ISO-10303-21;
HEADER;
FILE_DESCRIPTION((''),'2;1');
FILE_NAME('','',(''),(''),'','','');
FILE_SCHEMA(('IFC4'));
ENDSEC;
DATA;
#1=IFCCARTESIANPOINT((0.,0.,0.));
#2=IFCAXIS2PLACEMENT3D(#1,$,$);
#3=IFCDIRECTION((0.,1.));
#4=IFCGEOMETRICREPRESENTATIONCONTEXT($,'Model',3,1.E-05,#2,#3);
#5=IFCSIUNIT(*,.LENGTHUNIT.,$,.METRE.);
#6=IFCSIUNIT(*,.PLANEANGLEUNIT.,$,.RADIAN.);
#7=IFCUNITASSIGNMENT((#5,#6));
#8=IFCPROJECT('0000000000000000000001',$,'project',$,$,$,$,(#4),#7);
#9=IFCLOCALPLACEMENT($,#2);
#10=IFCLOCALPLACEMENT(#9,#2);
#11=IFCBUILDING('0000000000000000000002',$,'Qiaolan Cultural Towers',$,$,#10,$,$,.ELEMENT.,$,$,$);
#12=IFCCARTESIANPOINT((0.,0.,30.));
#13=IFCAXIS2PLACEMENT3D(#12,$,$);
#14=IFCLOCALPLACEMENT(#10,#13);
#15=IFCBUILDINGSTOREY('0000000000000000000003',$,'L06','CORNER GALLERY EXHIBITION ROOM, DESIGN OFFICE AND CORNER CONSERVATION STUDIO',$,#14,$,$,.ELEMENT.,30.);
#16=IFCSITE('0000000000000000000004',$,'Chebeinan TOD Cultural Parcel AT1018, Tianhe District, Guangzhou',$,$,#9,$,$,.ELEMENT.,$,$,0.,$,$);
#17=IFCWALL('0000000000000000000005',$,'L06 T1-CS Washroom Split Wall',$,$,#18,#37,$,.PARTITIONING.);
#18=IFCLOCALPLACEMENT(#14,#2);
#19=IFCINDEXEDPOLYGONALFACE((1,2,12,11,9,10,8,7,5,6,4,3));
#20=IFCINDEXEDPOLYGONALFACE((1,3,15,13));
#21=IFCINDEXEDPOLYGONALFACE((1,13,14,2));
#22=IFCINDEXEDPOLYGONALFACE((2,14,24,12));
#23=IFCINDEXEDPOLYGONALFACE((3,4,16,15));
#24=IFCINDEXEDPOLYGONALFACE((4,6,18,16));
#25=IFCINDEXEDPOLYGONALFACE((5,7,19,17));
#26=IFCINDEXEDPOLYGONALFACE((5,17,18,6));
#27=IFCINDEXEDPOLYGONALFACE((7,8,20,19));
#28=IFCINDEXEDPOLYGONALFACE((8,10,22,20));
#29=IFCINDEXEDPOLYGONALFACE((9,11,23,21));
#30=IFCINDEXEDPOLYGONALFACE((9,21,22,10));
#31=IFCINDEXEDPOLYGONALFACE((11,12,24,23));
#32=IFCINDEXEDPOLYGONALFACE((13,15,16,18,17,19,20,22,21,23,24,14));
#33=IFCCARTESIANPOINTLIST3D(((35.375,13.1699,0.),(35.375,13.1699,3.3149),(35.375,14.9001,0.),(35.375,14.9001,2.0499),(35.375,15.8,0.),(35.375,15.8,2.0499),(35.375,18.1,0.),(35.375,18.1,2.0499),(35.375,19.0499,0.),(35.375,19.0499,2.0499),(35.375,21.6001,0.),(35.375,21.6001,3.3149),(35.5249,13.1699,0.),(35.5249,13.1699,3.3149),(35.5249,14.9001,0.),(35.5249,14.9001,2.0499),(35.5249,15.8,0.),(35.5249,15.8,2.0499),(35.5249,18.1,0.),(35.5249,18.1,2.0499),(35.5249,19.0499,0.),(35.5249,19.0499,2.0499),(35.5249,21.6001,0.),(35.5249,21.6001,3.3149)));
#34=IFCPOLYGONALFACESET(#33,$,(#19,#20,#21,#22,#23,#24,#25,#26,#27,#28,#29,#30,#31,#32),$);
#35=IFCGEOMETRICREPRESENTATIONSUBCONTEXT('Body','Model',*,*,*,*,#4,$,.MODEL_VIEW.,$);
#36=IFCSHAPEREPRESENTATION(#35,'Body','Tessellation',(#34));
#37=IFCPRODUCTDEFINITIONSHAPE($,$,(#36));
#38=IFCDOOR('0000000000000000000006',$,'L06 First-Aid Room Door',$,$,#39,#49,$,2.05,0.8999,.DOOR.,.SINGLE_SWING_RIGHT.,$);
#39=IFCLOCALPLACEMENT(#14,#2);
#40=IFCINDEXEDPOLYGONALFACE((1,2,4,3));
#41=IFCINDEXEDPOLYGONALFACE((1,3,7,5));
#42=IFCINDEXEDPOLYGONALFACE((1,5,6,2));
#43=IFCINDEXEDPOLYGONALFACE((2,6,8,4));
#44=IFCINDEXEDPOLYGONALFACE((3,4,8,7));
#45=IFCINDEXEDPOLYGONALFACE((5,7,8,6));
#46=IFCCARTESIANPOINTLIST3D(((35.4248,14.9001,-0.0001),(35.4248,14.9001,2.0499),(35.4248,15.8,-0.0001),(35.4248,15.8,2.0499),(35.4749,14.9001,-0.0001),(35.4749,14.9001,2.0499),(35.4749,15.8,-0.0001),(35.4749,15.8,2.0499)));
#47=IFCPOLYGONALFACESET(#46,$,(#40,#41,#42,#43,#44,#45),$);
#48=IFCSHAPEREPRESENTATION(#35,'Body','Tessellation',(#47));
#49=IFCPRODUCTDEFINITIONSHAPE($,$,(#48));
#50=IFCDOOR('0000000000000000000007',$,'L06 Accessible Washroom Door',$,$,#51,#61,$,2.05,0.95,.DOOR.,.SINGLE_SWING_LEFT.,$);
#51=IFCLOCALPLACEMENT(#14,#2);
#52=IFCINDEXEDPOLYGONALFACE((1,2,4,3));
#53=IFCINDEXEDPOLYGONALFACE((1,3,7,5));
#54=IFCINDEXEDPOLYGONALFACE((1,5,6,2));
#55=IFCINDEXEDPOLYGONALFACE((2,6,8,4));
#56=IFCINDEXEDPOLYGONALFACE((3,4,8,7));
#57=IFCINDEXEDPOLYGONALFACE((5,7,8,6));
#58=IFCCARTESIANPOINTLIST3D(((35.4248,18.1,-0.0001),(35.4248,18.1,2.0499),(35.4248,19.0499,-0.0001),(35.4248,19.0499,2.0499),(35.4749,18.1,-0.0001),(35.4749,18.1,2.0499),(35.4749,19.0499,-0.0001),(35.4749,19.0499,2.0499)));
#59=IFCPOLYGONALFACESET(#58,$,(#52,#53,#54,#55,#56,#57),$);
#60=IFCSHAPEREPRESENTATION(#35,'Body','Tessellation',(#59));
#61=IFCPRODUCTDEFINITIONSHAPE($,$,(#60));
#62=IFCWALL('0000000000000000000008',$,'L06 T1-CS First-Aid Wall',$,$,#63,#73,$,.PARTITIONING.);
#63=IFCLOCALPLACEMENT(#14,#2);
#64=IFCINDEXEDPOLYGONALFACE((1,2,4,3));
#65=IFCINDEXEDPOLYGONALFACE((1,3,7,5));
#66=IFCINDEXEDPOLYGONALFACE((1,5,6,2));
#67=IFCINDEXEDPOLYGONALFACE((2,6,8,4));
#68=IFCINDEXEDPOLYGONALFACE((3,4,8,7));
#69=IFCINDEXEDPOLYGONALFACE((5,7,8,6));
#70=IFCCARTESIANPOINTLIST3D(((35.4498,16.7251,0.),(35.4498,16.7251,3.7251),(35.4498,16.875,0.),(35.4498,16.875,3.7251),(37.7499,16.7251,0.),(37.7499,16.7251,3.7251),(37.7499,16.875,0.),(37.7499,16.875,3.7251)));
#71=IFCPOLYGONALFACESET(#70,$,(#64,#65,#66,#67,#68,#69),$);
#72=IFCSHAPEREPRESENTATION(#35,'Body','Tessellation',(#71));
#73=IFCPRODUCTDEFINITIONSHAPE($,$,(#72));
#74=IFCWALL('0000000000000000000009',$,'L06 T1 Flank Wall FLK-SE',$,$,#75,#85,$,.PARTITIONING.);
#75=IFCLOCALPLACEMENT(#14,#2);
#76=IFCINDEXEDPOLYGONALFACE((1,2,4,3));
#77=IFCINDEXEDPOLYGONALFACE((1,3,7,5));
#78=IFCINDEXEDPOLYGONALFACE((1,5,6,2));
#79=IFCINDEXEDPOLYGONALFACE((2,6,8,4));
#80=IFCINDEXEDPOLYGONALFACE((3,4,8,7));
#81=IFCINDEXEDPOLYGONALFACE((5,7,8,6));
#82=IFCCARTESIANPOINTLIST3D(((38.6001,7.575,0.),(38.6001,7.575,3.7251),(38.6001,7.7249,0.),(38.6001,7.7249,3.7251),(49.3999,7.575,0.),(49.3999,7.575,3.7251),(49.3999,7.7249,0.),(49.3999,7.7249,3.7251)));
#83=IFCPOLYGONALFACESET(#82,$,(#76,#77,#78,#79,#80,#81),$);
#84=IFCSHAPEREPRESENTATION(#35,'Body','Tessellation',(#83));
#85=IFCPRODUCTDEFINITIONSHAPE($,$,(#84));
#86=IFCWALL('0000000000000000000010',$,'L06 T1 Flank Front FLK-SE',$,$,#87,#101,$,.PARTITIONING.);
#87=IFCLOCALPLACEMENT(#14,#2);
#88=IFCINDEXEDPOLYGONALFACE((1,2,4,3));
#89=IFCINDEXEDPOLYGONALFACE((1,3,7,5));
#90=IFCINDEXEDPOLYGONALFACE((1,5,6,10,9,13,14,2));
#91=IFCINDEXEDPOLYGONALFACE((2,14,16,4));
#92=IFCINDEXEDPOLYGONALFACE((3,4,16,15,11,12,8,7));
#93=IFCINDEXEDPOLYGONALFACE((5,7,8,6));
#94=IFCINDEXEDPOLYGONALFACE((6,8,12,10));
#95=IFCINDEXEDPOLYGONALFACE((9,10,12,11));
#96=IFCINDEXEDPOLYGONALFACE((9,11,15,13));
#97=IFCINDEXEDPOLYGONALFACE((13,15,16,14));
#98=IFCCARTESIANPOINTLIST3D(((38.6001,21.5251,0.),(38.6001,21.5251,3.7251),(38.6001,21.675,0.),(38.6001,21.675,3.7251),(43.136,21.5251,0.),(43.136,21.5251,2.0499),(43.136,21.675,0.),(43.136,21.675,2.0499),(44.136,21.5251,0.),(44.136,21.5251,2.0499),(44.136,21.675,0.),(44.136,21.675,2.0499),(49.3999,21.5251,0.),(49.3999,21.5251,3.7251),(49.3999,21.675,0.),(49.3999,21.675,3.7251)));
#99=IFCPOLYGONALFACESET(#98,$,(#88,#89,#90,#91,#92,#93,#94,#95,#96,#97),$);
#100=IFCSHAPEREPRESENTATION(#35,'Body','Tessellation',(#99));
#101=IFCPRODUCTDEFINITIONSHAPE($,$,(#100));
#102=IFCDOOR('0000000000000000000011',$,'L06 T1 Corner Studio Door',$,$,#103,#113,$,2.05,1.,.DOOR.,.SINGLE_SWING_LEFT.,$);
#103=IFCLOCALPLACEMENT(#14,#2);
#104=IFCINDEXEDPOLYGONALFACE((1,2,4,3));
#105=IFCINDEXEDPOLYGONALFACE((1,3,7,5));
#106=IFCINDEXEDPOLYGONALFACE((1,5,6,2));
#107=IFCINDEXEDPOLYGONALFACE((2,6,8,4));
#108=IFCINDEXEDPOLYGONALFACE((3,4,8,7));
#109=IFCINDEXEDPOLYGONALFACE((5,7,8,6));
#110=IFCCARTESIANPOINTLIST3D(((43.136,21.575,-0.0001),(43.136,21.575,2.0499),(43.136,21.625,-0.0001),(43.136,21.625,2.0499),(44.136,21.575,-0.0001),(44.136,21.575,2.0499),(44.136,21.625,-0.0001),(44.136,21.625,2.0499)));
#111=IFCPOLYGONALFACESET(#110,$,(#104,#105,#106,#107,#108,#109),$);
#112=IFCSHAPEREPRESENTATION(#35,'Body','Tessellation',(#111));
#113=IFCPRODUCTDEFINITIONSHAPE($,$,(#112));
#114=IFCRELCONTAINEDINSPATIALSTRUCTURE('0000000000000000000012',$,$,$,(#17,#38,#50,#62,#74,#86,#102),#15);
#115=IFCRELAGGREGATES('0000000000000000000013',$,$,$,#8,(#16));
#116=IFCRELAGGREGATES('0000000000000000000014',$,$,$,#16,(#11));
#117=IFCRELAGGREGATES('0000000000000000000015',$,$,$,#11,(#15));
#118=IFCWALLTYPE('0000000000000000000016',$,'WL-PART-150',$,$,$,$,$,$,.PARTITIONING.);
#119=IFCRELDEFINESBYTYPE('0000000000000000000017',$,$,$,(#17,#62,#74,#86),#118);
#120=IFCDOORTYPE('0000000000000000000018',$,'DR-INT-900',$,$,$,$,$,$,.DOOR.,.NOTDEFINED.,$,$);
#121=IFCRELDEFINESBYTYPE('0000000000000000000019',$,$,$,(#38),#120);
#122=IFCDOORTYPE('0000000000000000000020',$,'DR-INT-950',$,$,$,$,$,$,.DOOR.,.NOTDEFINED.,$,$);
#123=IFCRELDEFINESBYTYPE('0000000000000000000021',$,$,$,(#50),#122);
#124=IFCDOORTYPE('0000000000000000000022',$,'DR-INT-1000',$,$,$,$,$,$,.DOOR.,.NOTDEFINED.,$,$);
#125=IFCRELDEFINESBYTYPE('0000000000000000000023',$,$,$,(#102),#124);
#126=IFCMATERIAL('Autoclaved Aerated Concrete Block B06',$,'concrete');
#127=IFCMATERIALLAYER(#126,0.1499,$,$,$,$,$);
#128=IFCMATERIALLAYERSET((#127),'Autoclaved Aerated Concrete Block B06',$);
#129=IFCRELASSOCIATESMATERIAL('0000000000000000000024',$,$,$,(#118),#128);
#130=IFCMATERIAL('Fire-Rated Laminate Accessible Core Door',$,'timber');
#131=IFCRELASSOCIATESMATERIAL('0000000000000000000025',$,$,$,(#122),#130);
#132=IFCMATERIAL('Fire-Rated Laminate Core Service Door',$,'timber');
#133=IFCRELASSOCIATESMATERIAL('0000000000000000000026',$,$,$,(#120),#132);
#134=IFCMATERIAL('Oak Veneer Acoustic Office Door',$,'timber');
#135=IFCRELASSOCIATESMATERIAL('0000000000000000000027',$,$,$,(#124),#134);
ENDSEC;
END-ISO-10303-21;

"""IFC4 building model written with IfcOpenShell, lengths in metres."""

from ifc_helpers import new_model, si_unit, direction, frame, frame_2d, origin, place, context, subcontext, project, spatial, rectangle, extrude, material, layer, layer_set, type_object, element, fill, save


model = new_model("IFC4")

# Units and contexts
model_context = context("Model", 3, precision=1e-05, world=origin(), true_north=direction((0.0, 1.0)))
body_context = subcontext(model_context, "Body", "Model", "MODEL_VIEW")
ifc_project = project(units=[si_unit("LENGTHUNIT", "METRE"), si_unit("PLANEANGLEUNIT", "RADIAN")], contexts=[model_context])

# Site, building, storey
site_placement = place(None, origin())
site = spatial("IfcSite", under=ifc_project, at=site_placement, Name="Chebeinan TOD Cultural Parcel AT1018, Tianhe District, Guangzhou", CompositionType="ELEMENT", RefElevation=0.0)
building_placement = place(site_placement, origin())
building = spatial("IfcBuilding", under=site, at=building_placement, Name="Qiaolan Cultural Towers", CompositionType="ELEMENT")
storey_placement = place(building_placement, frame((0.0, 0.0, 30.0)))
storey = spatial("IfcBuildingStorey", under=building, at=storey_placement, Name="L06", Description="CORNER GALLERY EXHIBITION ROOM, DESIGN OFFICE AND CORNER CONSERVATION STUDIO", CompositionType="ELEMENT", Elevation=30.0)

# Shared definitions
ifc_material_1 = material(Name="Autoclaved Aerated Concrete Block B06", Category="concrete")
ifc_layer_1 = layer(ifc_material_1, 0.1499)
ifc_layer_set_1 = layer_set([ifc_layer_1], Name="Autoclaved Aerated Concrete Block B06")
wall_type_1 = type_object("IfcWallType", Name="WL-PART-150", PredefinedType="PARTITIONING", material=ifc_layer_set_1)

# Shared definitions
ifc_material_2 = material(Name="Fire-Rated Laminate Accessible Core Door", Category="timber")
door_type_1 = type_object("IfcDoorType", Name="DR-INT-950", OperationType="NOTDEFINED", PredefinedType="DOOR", material=ifc_material_2)

# Wall, openings, doors
wall_1_placement = place(storey_placement, frame((35.45, 21.6001, 0.0), z_axis=(0.0, 0.0, 1.0), x_axis=(0.0, -1.0, 0.0)))
wall_1 = element("IfcWall", 1, at=wall_1_placement, inside=storey, type_object=wall_type_1, Name="L06 T1-CS Washroom Split Wall", PredefinedType="PARTITIONING", context=body_context, shape_type="SweptSolid", body=[
    extrude(rectangle(XDim=8.4302, YDim=0.1499, at=frame_2d((4.2151, 0.0))), origin(), (0.0, 0.0, 1.0), 3.3149),
])
opening_1_placement = place(wall_1_placement, frame((2.55, 0.0, 0.0)))
opening_1 = element("IfcOpeningElement", 2, at=opening_1_placement, cuts=wall_1, PredefinedType="OPENING", context=body_context, shape_type="SweptSolid", body=[
    extrude(rectangle(XDim=0.95, YDim=2.05, at=frame_2d((0.4751, 1.0249))), frame((0.0, 0.085, 0.0), z_axis=(0.0, -1.0, 0.0), x_axis=(1.0, 0.0, 0.0)), (0.0, 0.0, 1.0), 0.1699),
])
opening_2_placement = place(wall_1_placement, frame((5.8, 0.0, 0.0)))
opening_2 = element("IfcOpeningElement", 3, at=opening_2_placement, cuts=wall_1, PredefinedType="OPENING", context=body_context, shape_type="SweptSolid", body=[
    extrude(rectangle(XDim=0.8999, YDim=2.05, at=frame_2d((0.45, 1.0249))), frame((0.0, 0.085, 0.0), z_axis=(0.0, -1.0, 0.0), x_axis=(1.0, 0.0, 0.0)), (0.0, 0.0, 1.0), 0.1699),
])
ifc_material_3 = material(Name="Fire-Rated Laminate Core Service Door", Category="timber")
door_type_2 = type_object("IfcDoorType", Name="DR-INT-900", OperationType="NOTDEFINED", PredefinedType="DOOR", material=ifc_material_3)
door_1_placement = place(opening_2_placement, origin())
door_1 = element("IfcDoor", 4, at=door_1_placement, inside=storey, type_object=door_type_2, Name="L06 First-Aid Room Door", OperationType="SINGLE_SWING_RIGHT", OverallHeight=2.05, OverallWidth=0.8999, PredefinedType="DOOR", context=body_context, shape_type="SweptSolid", body=[
    extrude(rectangle(XDim=0.8999, YDim=2.05, at=frame_2d((0.45, 1.0249))), frame((0.0, 0.0249, 0.0), z_axis=(0.0, -1.0, 0.0), x_axis=(1.0, 0.0, 0.0)), (0.0, 0.0, 1.0), 0.05),
])
fill(opening_2, door_1)
door_2_placement = place(opening_1_placement, origin())
door_2 = element("IfcDoor", 5, at=door_2_placement, inside=storey, type_object=door_type_1, Name="L06 Accessible Washroom Door", OperationType="SINGLE_SWING_LEFT", OverallHeight=2.05, OverallWidth=0.95, PredefinedType="DOOR", context=body_context, shape_type="SweptSolid", body=[
    extrude(rectangle(XDim=0.95, YDim=2.05, at=frame_2d((0.4751, 1.0249))), frame((0.0, 0.0249, 0.0), z_axis=(0.0, -1.0, 0.0), x_axis=(1.0, 0.0, 0.0)), (0.0, 0.0, 1.0), 0.05),
])
fill(opening_1, door_2)

# Walls
wall_2_placement = place(storey_placement, frame((35.45, 16.8, 0.0), z_axis=(0.0, 0.0, 1.0), x_axis=(1.0, 0.0, 0.0)))
element("IfcWall", 6, at=wall_2_placement, inside=storey, type_object=wall_type_1, Name="L06 T1-CS First-Aid Wall", PredefinedType="PARTITIONING", context=body_context, shape_type="SweptSolid", body=[
    extrude(rectangle(XDim=2.3, YDim=0.1499, at=frame_2d((1.1499, 0.0))), origin(), (0.0, 0.0, 1.0), 3.7251),
])
wall_3_placement = place(storey_placement, frame((38.6001, 7.6499, 0.0), z_axis=(0.0, 0.0, 1.0), x_axis=(1.0, 0.0, 0.0)))
element("IfcWall", 7, at=wall_3_placement, inside=storey, type_object=wall_type_1, Name="L06 T1 Flank Wall FLK-SE", PredefinedType="PARTITIONING", context=body_context, shape_type="SweptSolid", body=[
    extrude(rectangle(XDim=10.7998, YDim=0.1499, at=frame_2d((5.3999, 0.0))), origin(), (0.0, 0.0, 1.0), 3.7251),
])

# Wall, opening, door
wall_4_placement = place(storey_placement, frame((38.6001, 21.6001, 0.0), z_axis=(0.0, 0.0, 1.0), x_axis=(1.0, 0.0, 0.0)))
wall_4 = element("IfcWall", 8, at=wall_4_placement, inside=storey, type_object=wall_type_1, Name="L06 T1 Flank Front FLK-SE", PredefinedType="PARTITIONING", context=body_context, shape_type="SweptSolid", body=[
    extrude(rectangle(XDim=10.7998, YDim=0.1499, at=frame_2d((5.3999, 0.0))), origin(), (0.0, 0.0, 1.0), 3.7251),
])
opening_3_placement = place(wall_4_placement, frame((4.5359, 0.0, 0.0)))
opening_3 = element("IfcOpeningElement", 9, at=opening_3_placement, cuts=wall_4, PredefinedType="OPENING", context=body_context, shape_type="SweptSolid", body=[
    extrude(rectangle(XDim=1.0, YDim=2.05, at=frame_2d((0.5, 1.0249))), frame((0.0, 0.085, 0.0), z_axis=(0.0, -1.0, 0.0), x_axis=(1.0, 0.0, 0.0)), (0.0, 0.0, 1.0), 0.1699),
])
ifc_material_4 = material(Name="Oak Veneer Acoustic Office Door", Category="timber")
door_type_3 = type_object("IfcDoorType", Name="DR-INT-1000", OperationType="NOTDEFINED", PredefinedType="DOOR", material=ifc_material_4)
door_3_placement = place(opening_3_placement, origin())
door_3 = element("IfcDoor", 10, at=door_3_placement, inside=storey, type_object=door_type_3, Name="L06 T1 Corner Studio Door", OperationType="SINGLE_SWING_LEFT", OverallHeight=2.05, OverallWidth=1.0, PredefinedType="DOOR", context=body_context, shape_type="SweptSolid", body=[
    extrude(rectangle(XDim=1.0, YDim=2.05, at=frame_2d((0.5, 1.0249))), frame((0.0, 0.0249, 0.0), z_axis=(0.0, -1.0, 0.0), x_axis=(1.0, 0.0, 0.0)), (0.0, 0.0, 1.0), 0.05),
])
fill(opening_3, door_3)

save(model, "model.ifc")
